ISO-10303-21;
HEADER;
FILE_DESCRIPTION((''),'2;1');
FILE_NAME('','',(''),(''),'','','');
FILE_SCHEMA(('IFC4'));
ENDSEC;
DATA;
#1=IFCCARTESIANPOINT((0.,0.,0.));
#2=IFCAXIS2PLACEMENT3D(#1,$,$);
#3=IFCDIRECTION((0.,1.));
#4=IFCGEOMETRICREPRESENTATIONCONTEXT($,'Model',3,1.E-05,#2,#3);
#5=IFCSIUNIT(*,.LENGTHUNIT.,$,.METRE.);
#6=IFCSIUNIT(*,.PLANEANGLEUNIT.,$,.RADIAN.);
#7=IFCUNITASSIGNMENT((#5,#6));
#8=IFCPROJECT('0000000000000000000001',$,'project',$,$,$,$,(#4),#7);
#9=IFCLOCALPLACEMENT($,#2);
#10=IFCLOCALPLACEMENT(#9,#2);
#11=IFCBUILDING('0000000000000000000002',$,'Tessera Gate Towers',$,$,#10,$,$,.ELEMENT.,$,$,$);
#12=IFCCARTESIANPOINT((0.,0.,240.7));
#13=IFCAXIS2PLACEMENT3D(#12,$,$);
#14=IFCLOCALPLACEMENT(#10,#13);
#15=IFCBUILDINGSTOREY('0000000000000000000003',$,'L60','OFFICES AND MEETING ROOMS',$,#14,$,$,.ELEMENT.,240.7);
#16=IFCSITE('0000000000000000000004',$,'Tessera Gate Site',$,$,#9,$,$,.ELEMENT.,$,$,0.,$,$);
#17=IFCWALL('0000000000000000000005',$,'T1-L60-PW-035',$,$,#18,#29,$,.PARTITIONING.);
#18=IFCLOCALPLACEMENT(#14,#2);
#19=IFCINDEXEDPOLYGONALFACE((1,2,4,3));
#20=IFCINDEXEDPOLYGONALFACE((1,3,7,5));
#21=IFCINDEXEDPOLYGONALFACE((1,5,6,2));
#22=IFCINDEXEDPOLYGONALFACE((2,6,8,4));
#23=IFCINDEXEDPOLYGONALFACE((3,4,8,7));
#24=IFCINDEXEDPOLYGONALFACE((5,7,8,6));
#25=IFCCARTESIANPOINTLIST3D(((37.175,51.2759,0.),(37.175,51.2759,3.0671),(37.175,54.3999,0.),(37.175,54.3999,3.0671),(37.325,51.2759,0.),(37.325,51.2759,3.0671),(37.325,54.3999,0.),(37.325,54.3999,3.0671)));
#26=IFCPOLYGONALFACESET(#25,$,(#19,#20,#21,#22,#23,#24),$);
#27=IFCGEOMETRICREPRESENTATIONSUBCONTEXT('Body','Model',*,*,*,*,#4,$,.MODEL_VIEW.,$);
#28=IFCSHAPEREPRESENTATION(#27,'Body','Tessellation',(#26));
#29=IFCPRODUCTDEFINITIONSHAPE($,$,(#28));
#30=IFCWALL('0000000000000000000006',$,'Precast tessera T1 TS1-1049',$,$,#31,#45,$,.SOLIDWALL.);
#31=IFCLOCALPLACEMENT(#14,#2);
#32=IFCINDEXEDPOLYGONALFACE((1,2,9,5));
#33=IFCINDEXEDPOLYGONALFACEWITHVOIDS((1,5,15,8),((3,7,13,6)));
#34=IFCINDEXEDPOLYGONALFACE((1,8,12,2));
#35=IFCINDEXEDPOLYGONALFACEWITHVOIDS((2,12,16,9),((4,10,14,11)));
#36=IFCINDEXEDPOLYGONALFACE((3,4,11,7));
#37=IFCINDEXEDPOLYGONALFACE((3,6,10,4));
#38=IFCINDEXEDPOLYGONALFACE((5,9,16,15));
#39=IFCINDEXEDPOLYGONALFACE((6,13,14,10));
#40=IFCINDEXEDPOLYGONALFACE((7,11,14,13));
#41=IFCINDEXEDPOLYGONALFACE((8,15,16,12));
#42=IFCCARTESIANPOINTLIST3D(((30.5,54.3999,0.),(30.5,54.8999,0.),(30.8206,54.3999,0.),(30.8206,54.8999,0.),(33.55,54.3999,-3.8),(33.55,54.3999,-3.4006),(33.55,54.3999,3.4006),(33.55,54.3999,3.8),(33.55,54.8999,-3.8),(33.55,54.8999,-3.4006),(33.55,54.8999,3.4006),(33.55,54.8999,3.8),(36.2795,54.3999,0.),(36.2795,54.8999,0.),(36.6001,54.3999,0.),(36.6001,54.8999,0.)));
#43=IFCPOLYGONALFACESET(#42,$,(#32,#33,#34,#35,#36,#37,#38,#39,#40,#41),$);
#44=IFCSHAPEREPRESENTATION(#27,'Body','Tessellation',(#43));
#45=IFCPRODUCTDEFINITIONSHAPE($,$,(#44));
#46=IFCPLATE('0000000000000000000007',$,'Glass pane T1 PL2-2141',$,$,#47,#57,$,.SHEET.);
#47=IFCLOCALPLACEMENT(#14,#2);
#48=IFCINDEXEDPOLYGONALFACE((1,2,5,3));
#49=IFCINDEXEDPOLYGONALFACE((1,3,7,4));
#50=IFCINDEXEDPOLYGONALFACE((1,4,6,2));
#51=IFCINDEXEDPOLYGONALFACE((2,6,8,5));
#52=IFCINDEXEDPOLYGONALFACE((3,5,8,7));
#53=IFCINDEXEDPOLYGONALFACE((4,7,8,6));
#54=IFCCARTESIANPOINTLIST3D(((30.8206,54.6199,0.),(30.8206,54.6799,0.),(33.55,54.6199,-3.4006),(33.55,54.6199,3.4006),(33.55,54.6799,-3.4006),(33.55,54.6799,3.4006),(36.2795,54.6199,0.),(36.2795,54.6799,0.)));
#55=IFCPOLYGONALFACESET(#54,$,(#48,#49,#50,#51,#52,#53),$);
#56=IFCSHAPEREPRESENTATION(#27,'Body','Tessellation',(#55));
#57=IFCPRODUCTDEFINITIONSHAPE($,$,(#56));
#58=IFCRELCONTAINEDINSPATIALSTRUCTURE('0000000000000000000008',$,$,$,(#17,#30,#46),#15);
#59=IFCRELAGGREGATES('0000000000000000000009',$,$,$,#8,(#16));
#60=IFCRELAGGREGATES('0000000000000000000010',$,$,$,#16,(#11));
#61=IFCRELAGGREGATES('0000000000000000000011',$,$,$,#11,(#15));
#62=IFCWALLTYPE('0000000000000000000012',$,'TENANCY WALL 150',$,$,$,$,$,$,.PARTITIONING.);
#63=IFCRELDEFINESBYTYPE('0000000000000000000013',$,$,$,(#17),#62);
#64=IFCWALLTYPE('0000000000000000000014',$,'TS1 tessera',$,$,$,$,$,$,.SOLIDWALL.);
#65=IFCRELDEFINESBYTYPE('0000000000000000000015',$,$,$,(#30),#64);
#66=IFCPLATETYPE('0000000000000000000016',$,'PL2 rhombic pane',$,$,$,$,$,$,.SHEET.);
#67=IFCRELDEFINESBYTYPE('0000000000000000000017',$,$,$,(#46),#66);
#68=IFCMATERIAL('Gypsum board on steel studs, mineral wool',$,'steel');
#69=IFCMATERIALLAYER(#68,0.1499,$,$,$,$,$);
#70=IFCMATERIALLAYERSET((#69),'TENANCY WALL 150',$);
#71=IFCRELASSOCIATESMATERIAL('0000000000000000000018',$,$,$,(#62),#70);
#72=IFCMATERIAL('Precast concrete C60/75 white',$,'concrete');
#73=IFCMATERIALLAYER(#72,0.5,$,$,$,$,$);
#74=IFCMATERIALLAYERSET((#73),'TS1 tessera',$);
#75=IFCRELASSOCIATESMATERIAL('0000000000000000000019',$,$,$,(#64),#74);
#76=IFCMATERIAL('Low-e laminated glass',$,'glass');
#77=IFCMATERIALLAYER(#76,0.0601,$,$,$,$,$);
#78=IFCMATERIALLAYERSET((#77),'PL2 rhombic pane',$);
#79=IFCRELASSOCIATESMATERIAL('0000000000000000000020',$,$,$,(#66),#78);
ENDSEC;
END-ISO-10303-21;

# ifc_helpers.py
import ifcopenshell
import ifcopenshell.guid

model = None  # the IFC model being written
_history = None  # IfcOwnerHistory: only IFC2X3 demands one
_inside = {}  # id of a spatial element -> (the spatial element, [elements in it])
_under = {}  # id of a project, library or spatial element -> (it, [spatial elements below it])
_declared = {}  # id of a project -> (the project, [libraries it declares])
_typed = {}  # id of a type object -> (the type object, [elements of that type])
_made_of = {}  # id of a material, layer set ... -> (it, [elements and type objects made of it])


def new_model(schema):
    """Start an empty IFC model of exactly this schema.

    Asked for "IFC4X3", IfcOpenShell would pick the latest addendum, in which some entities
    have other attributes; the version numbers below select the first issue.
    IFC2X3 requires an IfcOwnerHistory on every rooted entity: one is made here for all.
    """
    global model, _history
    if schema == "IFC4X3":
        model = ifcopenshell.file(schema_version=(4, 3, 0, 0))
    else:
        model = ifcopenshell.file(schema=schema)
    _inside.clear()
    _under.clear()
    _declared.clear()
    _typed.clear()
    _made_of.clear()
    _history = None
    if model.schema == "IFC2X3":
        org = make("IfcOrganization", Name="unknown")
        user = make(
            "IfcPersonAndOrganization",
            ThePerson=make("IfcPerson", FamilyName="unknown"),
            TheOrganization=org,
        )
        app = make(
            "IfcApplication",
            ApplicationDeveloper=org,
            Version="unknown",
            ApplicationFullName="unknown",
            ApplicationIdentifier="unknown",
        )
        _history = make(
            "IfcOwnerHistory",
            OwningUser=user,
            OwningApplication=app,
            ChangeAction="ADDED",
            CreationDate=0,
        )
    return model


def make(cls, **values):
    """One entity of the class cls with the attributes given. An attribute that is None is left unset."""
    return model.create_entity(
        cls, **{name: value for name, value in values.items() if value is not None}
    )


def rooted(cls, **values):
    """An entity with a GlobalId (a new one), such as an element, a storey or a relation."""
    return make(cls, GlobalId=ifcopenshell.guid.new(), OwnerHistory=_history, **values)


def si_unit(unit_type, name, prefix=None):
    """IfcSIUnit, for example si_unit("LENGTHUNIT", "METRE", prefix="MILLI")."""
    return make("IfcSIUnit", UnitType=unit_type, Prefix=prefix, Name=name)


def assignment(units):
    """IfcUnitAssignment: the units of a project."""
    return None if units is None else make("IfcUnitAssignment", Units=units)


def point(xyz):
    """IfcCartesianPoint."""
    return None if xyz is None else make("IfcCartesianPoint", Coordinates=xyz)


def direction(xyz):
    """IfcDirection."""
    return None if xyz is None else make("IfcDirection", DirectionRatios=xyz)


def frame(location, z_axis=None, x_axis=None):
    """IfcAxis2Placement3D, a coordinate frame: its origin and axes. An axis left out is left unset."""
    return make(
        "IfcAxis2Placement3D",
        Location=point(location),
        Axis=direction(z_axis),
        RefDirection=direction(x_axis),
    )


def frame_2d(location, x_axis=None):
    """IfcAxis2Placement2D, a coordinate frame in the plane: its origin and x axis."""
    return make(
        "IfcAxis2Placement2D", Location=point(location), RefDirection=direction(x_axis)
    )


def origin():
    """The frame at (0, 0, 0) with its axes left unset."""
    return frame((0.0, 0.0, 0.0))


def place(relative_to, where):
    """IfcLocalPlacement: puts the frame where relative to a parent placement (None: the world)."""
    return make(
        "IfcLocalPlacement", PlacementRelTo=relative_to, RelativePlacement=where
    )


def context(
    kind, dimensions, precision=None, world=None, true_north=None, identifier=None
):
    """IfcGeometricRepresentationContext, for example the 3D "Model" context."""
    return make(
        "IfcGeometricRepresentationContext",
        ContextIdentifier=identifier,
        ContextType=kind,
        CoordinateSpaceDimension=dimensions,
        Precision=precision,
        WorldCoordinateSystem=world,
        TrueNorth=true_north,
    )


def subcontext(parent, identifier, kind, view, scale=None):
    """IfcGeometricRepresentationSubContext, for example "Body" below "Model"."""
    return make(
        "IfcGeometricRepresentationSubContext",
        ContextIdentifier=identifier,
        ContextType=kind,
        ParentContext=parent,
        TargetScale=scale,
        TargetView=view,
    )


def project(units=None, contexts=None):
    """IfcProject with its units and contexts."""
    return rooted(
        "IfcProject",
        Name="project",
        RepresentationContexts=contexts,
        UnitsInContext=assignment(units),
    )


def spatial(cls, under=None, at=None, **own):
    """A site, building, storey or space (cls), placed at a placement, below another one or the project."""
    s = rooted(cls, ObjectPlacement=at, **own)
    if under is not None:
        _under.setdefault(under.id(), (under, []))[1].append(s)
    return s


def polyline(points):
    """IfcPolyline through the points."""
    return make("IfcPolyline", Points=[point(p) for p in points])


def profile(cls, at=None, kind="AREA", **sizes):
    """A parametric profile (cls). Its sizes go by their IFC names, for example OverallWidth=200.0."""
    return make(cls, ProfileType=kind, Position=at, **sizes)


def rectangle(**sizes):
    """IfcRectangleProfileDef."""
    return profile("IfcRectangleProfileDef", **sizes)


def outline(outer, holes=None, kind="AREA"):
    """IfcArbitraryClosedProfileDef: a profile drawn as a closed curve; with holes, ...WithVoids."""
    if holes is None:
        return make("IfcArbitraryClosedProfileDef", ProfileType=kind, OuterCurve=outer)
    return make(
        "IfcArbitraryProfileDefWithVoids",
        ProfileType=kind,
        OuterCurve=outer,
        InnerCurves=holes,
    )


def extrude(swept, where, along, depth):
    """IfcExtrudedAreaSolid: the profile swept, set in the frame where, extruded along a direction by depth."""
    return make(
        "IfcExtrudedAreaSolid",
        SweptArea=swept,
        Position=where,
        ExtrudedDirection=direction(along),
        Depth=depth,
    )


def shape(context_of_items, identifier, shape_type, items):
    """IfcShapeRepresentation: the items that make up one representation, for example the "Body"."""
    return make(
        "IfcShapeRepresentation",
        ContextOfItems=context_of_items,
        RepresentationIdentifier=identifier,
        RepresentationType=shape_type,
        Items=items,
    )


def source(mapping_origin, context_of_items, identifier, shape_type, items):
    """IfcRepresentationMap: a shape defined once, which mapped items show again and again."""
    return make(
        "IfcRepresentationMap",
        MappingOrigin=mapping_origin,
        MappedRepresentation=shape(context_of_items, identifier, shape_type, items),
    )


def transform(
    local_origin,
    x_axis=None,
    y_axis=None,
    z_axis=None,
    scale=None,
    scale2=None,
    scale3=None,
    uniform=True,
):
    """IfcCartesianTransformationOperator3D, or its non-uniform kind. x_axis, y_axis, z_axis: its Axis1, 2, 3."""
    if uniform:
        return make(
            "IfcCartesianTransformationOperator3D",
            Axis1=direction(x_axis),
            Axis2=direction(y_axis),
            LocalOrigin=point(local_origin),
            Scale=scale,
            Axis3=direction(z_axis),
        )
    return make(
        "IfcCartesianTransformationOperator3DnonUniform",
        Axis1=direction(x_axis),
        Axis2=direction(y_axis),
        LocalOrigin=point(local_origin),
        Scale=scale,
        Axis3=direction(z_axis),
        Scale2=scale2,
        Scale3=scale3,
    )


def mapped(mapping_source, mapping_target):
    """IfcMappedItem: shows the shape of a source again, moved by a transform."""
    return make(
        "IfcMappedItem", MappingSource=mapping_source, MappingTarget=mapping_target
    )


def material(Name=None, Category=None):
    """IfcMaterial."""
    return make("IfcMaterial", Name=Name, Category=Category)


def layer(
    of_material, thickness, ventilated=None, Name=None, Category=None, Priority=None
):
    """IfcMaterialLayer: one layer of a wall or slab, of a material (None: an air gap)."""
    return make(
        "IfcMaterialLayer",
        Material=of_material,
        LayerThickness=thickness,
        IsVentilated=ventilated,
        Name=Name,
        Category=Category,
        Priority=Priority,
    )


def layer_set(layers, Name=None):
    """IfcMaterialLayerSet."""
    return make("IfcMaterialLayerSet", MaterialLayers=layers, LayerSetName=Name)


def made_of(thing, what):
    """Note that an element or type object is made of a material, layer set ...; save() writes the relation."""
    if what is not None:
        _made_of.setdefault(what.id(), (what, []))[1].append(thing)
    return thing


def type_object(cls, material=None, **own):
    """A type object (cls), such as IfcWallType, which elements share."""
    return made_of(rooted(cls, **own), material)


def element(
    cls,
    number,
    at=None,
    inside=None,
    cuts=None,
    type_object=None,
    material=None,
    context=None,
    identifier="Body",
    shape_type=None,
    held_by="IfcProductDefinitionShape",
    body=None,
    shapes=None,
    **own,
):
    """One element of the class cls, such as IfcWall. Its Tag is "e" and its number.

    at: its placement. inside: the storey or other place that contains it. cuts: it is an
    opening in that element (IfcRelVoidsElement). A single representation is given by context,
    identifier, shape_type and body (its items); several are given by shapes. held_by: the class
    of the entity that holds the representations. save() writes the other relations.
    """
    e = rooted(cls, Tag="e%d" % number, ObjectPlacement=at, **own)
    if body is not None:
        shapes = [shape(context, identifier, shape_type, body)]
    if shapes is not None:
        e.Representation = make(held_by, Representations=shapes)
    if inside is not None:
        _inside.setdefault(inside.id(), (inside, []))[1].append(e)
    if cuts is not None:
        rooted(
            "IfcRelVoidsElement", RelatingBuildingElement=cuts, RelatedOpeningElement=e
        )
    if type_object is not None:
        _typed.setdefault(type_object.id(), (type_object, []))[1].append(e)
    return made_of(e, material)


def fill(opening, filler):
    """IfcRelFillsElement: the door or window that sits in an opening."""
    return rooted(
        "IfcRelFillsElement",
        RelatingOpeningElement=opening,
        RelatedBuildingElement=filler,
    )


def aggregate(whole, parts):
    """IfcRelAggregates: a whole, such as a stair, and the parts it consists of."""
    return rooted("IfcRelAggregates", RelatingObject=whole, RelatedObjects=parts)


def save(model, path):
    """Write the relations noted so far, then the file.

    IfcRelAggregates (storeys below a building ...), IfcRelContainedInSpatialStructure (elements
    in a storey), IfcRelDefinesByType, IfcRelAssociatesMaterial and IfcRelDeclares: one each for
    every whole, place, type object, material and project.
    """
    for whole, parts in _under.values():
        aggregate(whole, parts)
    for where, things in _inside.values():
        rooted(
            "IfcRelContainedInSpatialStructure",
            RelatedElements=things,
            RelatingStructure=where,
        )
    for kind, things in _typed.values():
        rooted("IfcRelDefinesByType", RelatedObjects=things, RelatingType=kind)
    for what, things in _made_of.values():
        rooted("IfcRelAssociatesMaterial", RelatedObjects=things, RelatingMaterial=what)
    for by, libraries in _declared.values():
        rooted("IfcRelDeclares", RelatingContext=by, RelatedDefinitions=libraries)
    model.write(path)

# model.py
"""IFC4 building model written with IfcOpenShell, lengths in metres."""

from ifc_helpers import new_model, si_unit, direction, frame, frame_2d, origin, place, context, subcontext, project, spatial, polyline, rectangle, outline, extrude, source, transform, mapped, material, layer, layer_set, type_object, element, fill, save


model = new_model("IFC4")

# Units and contexts
model_context = context("Model", 3, precision=1e-05, world=origin(), true_north=direction((0.0, 1.0)))
body_context = subcontext(model_context, "Body", "Model", "MODEL_VIEW")
ifc_project = project(units=[si_unit("LENGTHUNIT", "METRE"), si_unit("PLANEANGLEUNIT", "RADIAN")], contexts=[model_context])

# Site, building, storey
site_placement = place(None, origin())
site = spatial("IfcSite", under=ifc_project, at=site_placement, Name="Tessera Gate Site", CompositionType="ELEMENT", RefElevation=0.0)
building_placement = place(site_placement, origin())
building = spatial("IfcBuilding", under=site, at=building_placement, Name="Tessera Gate Towers", CompositionType="ELEMENT")
storey_placement = place(building_placement, frame((0.0, 0.0, 240.7)))
storey = spatial("IfcBuildingStorey", under=building, at=storey_placement, Name="L60", Description="OFFICES AND MEETING ROOMS", CompositionType="ELEMENT", Elevation=240.7)

# Wall
ifc_material_1 = material(Name="Gypsum board on steel studs, mineral wool", Category="steel")
ifc_layer_1 = layer(ifc_material_1, 0.1499)
ifc_layer_set_1 = layer_set([ifc_layer_1], Name="TENANCY WALL 150")
wall_type_1 = type_object("IfcWallType", Name="TENANCY WALL 150", PredefinedType="PARTITIONING", material=ifc_layer_set_1)
wall_1_placement = place(storey_placement, frame((37.25, 51.2759, 0.0), z_axis=(0.0, 0.0, 1.0), x_axis=(0.0, 1.0, 0.0)))
element("IfcWall", 1, at=wall_1_placement, inside=storey, type_object=wall_type_1, Name="T1-L60-PW-035", PredefinedType="PARTITIONING", context=body_context, shape_type="SweptSolid", body=[
    extrude(rectangle(XDim=3.124, YDim=0.1499, at=frame_2d((1.562, 0.0))), origin(), (0.0, 0.0, 1.0), 3.0671),
])

# Wall, opening, plate
ifc_material_2 = material(Name="Precast concrete C60/75 white", Category="concrete")
ifc_layer_2 = layer(ifc_material_2, 0.5)
ifc_layer_set_2 = layer_set([ifc_layer_2], Name="TS1 tessera")
wall_type_2 = type_object("IfcWallType", Name="TS1 tessera", PredefinedType="SOLIDWALL", material=ifc_layer_set_2)
shared_shape_1 = source(origin(), body_context, "Body", "SweptSolid", [
    extrude(outline(polyline([(3.05, 0.0), (6.1001, 3.8), (3.05, 7.6001), (0.0, 3.8), (3.05, 0.0)])), frame((0.0, 0.25, 0.0), z_axis=(0.0, -1.0, 0.0), x_axis=(1.0, 0.0, 0.0)), (0.0, 0.0, 1.0), 0.5),
])
wall_2_placement = place(storey_placement, frame((36.6001, 54.6499, -3.8), z_axis=(0.0, 0.0, 1.0), x_axis=(-1.0, 0.0, 0.0)))
wall_2 = element("IfcWall", 2, at=wall_2_placement, inside=storey, type_object=wall_type_2, Name="Precast tessera T1 TS1-1049", PredefinedType="SOLIDWALL", context=body_context, shape_type="MappedRepresentation", body=[
    mapped(shared_shape_1, transform((0.0, 0.0, 0.0), scale=1.0)),
])
shared_shape_2 = source(origin(), body_context, "Body", "SweptSolid", [
    extrude(outline(polyline([(3.05, 0.3994), (5.7795, 3.8), (3.05, 7.2007), (0.3206, 3.8), (3.05, 0.3994)])), frame((0.0, 0.26, 0.0), z_axis=(0.0, -1.0, 0.0), x_axis=(1.0, 0.0, 0.0)), (0.0, 0.0, 1.0), 0.52),
])
opening_1_placement = place(wall_2_placement, origin())
opening_1 = element("IfcOpeningElement", 3, at=opening_1_placement, cuts=wall_2, PredefinedType="OPENING", context=body_context, shape_type="MappedRepresentation", body=[
    mapped(shared_shape_2, transform((0.0, 0.0, 0.0), scale=1.0)),
])
ifc_material_3 = material(Name="Low-e laminated glass", Category="glass")
ifc_layer_3 = layer(ifc_material_3, 0.0601)
ifc_layer_set_3 = layer_set([ifc_layer_3], Name="PL2 rhombic pane")
plate_type = type_object("IfcPlateType", Name="PL2 rhombic pane", PredefinedType="SHEET", material=ifc_layer_set_3)
shared_shape_3 = source(origin(), body_context, "Body", "SweptSolid", [
    extrude(outline(polyline([(3.05, 0.3994), (5.7795, 3.8), (3.05, 7.2007), (0.3206, 3.8), (3.05, 0.3994)])), frame((0.0, 0.03, 0.0), z_axis=(0.0, -1.0, 0.0), x_axis=(1.0, 0.0, 0.0)), (0.0, 0.0, 1.0), 0.0601),
])
plate_placement = place(opening_1_placement, origin())
plate = element("IfcPlate", 4, at=plate_placement, inside=storey, type_object=plate_type, Name="Glass pane T1 PL2-2141", PredefinedType="SHEET", context=body_context, shape_type="MappedRepresentation", body=[
    mapped(shared_shape_3, transform((0.0, 0.0, 0.0), scale=1.0)),
])
fill(opening_1, plate)

save(model, "model.ifc")
